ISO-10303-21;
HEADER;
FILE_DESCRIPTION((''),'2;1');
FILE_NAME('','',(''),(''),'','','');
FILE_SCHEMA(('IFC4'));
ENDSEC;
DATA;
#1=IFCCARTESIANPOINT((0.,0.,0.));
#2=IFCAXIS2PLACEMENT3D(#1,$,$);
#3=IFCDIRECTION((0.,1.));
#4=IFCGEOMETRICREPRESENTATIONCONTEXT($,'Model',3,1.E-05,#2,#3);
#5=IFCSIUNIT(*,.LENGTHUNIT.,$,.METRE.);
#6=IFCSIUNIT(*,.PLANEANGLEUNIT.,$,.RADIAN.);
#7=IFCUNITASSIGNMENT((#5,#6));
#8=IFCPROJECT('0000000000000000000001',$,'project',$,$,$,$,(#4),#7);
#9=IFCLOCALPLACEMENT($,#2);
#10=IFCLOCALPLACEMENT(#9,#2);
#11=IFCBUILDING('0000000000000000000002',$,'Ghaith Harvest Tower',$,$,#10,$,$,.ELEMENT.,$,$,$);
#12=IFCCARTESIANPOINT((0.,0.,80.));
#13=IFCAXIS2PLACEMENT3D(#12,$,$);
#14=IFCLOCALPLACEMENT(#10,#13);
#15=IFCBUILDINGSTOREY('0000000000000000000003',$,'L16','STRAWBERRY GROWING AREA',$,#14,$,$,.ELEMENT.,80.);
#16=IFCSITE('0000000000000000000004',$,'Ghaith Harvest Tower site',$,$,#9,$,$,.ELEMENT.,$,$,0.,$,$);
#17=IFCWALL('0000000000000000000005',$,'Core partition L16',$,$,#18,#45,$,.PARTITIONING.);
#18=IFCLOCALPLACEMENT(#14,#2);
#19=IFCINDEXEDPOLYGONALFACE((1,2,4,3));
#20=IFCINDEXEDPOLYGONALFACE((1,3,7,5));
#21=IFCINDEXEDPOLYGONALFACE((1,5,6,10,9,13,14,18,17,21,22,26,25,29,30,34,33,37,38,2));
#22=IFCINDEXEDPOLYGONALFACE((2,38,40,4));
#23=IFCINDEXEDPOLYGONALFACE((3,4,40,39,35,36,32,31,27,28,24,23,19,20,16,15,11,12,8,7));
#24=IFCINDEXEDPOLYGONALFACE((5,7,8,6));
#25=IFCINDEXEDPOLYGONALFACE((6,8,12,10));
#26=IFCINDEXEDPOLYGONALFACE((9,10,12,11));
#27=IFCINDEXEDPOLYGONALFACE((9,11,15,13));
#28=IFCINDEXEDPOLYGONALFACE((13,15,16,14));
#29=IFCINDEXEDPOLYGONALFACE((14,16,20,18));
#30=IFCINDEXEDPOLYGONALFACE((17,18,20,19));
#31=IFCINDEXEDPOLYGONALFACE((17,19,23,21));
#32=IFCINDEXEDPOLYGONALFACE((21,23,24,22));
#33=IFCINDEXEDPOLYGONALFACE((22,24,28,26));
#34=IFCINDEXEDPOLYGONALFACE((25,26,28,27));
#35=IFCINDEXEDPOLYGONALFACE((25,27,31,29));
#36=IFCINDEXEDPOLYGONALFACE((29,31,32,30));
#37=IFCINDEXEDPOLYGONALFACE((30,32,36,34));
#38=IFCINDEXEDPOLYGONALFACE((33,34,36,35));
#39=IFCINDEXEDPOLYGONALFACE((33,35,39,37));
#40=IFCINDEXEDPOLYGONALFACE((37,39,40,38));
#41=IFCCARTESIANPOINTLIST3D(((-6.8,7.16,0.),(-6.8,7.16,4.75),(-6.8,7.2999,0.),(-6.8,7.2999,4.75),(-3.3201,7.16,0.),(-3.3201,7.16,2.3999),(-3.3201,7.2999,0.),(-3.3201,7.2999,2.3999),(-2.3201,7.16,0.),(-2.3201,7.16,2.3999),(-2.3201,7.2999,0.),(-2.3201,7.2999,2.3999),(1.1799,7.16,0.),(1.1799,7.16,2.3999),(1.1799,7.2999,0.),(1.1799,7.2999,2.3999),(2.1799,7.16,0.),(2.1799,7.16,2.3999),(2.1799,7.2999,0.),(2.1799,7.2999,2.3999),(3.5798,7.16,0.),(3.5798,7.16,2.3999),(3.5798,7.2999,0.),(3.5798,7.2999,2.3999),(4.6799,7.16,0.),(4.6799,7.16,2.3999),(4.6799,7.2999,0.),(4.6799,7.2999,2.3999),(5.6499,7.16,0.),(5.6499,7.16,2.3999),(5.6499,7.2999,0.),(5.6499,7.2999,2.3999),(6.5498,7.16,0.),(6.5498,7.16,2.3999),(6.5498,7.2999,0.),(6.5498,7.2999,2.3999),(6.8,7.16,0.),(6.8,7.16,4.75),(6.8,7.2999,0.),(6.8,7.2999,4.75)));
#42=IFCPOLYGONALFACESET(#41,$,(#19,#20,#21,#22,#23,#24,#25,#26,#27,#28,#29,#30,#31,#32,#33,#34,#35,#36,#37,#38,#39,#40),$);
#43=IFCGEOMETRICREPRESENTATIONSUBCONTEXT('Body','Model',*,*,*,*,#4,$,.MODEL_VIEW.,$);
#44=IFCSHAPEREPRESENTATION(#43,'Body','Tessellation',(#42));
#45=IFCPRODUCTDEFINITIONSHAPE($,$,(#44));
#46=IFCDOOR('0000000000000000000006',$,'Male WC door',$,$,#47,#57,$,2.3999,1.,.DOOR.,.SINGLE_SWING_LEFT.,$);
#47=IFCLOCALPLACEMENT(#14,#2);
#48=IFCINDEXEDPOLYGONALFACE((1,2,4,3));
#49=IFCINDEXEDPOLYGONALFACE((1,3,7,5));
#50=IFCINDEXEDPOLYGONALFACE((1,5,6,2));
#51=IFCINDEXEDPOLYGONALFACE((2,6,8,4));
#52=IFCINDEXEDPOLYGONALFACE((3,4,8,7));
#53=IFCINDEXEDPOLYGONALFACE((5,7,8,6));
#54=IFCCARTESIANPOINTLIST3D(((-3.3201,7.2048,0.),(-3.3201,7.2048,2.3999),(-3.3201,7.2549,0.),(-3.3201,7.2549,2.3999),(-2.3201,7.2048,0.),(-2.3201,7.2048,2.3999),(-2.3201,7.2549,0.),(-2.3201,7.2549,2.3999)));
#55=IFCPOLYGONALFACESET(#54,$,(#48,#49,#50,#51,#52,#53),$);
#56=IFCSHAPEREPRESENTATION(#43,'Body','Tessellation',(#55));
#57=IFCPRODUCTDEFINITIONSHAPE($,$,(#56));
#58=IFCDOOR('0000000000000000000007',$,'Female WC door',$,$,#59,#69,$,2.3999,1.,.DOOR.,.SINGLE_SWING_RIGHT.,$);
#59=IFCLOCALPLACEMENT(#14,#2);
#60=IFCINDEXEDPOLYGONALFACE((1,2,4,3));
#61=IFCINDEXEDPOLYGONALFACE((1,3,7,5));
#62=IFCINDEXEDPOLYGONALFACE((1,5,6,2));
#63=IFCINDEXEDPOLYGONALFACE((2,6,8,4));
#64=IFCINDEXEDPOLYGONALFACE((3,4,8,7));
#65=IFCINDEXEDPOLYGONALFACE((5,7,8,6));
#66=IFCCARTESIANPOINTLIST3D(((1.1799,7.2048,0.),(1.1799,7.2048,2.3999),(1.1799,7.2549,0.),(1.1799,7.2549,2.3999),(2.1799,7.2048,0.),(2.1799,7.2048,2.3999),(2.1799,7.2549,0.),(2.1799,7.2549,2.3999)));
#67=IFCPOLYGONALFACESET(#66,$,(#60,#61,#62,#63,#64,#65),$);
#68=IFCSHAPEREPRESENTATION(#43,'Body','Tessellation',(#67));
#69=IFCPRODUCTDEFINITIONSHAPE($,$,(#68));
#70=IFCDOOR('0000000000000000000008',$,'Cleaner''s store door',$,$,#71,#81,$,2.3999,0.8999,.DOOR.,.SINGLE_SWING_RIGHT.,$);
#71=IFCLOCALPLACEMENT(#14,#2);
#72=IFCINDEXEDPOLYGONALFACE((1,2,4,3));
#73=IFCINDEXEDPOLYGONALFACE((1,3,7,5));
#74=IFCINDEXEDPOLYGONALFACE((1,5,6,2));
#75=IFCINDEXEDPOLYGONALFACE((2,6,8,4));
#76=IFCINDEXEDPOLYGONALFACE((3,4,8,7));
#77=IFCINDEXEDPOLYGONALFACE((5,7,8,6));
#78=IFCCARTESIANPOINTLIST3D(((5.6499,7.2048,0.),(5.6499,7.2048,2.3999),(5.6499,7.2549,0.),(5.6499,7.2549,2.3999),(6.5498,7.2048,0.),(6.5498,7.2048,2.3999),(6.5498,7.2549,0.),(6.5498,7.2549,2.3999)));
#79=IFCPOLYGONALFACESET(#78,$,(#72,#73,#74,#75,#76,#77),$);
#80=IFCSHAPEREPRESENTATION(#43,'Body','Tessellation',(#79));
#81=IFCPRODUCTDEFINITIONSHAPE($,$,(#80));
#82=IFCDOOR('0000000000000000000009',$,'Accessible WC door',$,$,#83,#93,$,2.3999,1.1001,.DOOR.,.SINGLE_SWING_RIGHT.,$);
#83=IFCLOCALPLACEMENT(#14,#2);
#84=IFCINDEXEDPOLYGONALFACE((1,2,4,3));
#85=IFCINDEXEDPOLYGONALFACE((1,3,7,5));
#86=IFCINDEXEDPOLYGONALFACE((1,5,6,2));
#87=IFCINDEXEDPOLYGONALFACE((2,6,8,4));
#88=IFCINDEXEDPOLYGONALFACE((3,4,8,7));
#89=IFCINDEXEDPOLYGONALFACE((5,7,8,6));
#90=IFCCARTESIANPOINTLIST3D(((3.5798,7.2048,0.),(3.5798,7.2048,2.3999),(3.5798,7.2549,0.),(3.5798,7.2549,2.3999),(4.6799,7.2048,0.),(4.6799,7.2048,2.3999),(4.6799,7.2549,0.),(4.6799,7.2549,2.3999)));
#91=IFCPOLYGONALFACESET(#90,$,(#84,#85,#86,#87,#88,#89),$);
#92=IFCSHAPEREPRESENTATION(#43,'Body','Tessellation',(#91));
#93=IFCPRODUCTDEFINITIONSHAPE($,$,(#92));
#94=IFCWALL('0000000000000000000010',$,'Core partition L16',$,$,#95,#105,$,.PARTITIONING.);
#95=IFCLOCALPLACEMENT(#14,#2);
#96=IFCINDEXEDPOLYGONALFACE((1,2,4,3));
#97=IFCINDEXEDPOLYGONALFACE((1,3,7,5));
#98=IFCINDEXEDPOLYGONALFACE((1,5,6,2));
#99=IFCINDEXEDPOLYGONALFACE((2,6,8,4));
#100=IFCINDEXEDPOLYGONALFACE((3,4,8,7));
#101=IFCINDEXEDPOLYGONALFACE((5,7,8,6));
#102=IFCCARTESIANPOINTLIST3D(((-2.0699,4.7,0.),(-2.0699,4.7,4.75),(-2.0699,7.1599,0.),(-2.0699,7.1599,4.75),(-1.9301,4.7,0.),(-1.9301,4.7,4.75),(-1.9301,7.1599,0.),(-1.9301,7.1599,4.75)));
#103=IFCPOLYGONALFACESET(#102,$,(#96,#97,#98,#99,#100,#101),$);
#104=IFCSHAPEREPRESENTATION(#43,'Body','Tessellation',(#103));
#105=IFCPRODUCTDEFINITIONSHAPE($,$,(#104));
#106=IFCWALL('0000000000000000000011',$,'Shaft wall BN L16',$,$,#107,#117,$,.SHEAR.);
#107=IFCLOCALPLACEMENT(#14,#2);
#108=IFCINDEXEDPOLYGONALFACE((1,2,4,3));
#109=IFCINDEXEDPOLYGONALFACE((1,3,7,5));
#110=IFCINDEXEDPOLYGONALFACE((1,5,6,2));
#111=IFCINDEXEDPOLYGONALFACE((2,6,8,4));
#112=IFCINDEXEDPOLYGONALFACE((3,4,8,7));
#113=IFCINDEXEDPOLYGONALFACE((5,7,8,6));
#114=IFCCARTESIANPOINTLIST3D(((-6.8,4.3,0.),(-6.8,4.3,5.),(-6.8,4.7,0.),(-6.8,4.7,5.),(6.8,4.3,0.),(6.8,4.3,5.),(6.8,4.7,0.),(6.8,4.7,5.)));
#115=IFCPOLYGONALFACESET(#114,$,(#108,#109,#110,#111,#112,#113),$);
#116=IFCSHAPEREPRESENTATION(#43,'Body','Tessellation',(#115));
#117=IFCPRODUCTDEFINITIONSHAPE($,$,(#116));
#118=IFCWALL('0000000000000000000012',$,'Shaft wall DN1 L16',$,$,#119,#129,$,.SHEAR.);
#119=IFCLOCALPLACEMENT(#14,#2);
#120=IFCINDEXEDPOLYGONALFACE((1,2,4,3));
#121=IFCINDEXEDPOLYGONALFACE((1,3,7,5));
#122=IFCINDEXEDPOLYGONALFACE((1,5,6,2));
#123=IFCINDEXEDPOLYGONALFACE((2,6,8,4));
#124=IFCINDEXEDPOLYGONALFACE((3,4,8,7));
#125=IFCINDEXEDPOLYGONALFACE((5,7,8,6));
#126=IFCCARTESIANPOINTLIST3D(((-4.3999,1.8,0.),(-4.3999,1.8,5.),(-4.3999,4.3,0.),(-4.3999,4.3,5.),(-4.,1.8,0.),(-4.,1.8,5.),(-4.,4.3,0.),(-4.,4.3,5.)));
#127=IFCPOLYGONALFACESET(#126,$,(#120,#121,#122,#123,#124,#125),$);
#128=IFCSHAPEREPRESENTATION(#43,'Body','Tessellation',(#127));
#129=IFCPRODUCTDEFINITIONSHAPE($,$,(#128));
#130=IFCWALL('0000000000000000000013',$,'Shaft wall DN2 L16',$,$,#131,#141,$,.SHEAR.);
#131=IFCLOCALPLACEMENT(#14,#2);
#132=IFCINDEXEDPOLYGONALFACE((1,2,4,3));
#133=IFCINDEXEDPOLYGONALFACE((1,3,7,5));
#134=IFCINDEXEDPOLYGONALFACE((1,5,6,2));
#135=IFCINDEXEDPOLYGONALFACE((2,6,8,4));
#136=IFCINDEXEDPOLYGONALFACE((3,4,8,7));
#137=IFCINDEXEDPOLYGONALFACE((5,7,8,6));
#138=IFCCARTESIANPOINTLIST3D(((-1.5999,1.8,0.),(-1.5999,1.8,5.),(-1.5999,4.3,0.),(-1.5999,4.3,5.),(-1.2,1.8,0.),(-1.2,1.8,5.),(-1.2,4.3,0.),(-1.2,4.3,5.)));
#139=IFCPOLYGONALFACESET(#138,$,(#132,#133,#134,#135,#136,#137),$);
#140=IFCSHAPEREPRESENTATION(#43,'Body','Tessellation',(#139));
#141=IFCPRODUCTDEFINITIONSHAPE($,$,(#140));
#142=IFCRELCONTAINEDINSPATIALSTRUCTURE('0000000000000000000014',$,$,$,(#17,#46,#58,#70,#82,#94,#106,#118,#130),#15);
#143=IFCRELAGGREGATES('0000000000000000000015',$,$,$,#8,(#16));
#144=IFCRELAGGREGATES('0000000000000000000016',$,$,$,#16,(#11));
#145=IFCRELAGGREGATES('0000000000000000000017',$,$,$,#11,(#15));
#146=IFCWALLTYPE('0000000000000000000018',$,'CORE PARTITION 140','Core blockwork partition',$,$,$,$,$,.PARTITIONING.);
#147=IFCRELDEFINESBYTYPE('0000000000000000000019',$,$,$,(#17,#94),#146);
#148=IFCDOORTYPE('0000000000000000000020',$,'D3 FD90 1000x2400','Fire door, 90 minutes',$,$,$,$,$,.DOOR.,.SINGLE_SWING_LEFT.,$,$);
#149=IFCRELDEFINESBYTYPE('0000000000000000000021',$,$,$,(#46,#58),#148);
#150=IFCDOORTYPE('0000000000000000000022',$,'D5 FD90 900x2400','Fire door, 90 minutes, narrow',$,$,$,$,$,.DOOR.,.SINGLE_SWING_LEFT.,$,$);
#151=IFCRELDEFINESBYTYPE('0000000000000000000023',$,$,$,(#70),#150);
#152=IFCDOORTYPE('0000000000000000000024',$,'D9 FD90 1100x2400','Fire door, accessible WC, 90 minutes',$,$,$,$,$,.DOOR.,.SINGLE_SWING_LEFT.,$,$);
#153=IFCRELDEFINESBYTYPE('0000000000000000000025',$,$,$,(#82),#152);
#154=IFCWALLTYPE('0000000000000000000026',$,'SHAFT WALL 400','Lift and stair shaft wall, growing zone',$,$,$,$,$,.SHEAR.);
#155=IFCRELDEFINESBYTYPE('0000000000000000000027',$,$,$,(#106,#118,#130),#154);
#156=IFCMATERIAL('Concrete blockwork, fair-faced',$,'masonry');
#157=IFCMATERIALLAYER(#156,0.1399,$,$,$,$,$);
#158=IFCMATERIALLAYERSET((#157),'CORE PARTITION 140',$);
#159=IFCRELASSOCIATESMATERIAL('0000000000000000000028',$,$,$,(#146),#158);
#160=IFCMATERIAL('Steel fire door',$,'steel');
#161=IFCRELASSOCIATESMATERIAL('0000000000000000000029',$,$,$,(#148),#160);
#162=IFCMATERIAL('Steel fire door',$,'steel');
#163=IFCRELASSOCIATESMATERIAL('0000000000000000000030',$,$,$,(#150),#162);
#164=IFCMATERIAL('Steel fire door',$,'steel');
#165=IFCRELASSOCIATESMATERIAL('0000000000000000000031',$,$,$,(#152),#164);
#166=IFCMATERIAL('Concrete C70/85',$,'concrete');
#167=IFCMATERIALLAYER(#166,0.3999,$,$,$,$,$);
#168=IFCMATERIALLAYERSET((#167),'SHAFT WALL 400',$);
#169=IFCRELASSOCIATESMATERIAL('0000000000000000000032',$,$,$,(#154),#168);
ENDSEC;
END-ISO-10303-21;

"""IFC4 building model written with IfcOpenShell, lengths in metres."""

from ifc_helpers import new_model, si_unit, direction, frame, frame_2d, origin, place, context, subcontext, project, spatial, rectangle, extrude, material, layer, layer_set, type_object, element, fill, save


model = new_model("IFC4")

# Units and contexts
model_context = context("Model", 3, precision=1e-05, world=origin(), true_north=direction((0.0, 1.0)))
body_context = subcontext(model_context, "Body", "Model", "MODEL_VIEW")
ifc_project = project(units=[si_unit("LENGTHUNIT", "METRE"), si_unit("PLANEANGLEUNIT", "RADIAN")], contexts=[model_context])

# Site, building, storey
site_placement = place(None, origin())
site = spatial("IfcSite", under=ifc_project, at=site_placement, Name="Ghaith Harvest Tower site", CompositionType="ELEMENT", RefElevation=0.0)
building_placement = place(site_placement, origin())
building = spatial("IfcBuilding", under=site, at=building_placement, Name="Ghaith Harvest Tower", CompositionType="ELEMENT")
storey_placement = place(building_placement, frame((0.0, 0.0, 80.0)))
storey = spatial("IfcBuildingStorey", under=building, at=storey_placement, Name="L16", Description="STRAWBERRY GROWING AREA", CompositionType="ELEMENT", Elevation=80.0)

# Wall, openings, doors
ifc_material_1 = material(Name="Concrete blockwork, fair-faced", Category="masonry")
ifc_layer_1 = layer(ifc_material_1, 0.1399)
ifc_layer_set_1 = layer_set([ifc_layer_1], Name="CORE PARTITION 140")
wall_type_1 = type_object("IfcWallType", Name="CORE PARTITION 140", Description="Core blockwork partition", PredefinedType="PARTITIONING", material=ifc_layer_set_1)
wall_1_placement = place(storey_placement, frame((-6.8, 7.23, 0.0), z_axis=(0.0, 0.0, 1.0), x_axis=(1.0, 0.0, 0.0)))
wall_1 = element("IfcWall", 1, at=wall_1_placement, inside=storey, type_object=wall_type_1, Name="Core partition L16", PredefinedType="PARTITIONING", context=body_context, shape_type="SweptSolid", body=[
    extrude(rectangle(XDim=13.6001, YDim=0.1399, at=frame_2d((6.8, 0.0))), origin(), (0.0, 0.0, 1.0), 4.75),
])
opening_1_placement = place(wall_1_placement, frame((3.48, 0.0, 0.0)))
opening_1 = element("IfcOpeningElement", 2, at=opening_1_placement, cuts=wall_1, PredefinedType="OPENING", context=body_context, shape_type="SweptSolid", body=[
    extrude(rectangle(XDim=1.0, YDim=2.3999, at=frame_2d((0.5, 1.2))), frame((0.0, 0.0801, 0.0), z_axis=(0.0, -1.0, 0.0), x_axis=(1.0, 0.0, 0.0)), (0.0, 0.0, 1.0), 0.1599),
])
opening_2_placement = place(wall_1_placement, frame((7.98, 0.0, 0.0)))
opening_2 = element("IfcOpeningElement", 3, at=opening_2_placement, cuts=wall_1, PredefinedType="OPENING", context=body_context, shape_type="SweptSolid", body=[
    extrude(rectangle(XDim=1.0, YDim=2.3999, at=frame_2d((0.5, 1.2))), frame((0.0, 0.0801, 0.0), z_axis=(0.0, -1.0, 0.0), x_axis=(1.0, 0.0, 0.0)), (0.0, 0.0, 1.0), 0.1599),
])
opening_3_placement = place(wall_1_placement, frame((10.3799, 0.0, 0.0)))
opening_3 = element("IfcOpeningElement", 4, at=opening_3_placement, cuts=wall_1, PredefinedType="OPENING", context=body_context, shape_type="SweptSolid", body=[
    extrude(rectangle(XDim=1.1001, YDim=2.3999, at=frame_2d((0.55, 1.2))), frame((0.0, 0.0801, 0.0), z_axis=(0.0, -1.0, 0.0), x_axis=(1.0, 0.0, 0.0)), (0.0, 0.0, 1.0), 0.1599),
])
opening_4_placement = place(wall_1_placement, frame((12.45, 0.0, 0.0)))
opening_4 = element("IfcOpeningElement", 5, at=opening_4_placement, cuts=wall_1, PredefinedType="OPENING", context=body_context, shape_type="SweptSolid", body=[
    extrude(rectangle(XDim=0.8999, YDim=2.3999, at=frame_2d((0.45, 1.2))), frame((0.0, 0.0801, 0.0), z_axis=(0.0, -1.0, 0.0), x_axis=(1.0, 0.0, 0.0)), (0.0, 0.0, 1.0), 0.1599),
])
ifc_material_2 = material(Name="Steel fire door", Category="steel")
door_type_1 = type_object("IfcDoorType", Name="D3 FD90 1000x2400", Description="Fire door, 90 minutes", OperationType="SINGLE_SWING_LEFT", PredefinedType="DOOR", material=ifc_material_2)
door_1_placement = place(opening_1_placement, origin())
door_1 = element("IfcDoor", 6, at=door_1_placement, inside=storey, type_object=door_type_1, Name="Male WC door", OperationType="SINGLE_SWING_LEFT", OverallHeight=2.3999, OverallWidth=1.0, PredefinedType="DOOR", context=body_context, shape_type="SweptSolid", body=[
    extrude(rectangle(XDim=1.0, YDim=2.3999, at=frame_2d((0.5, 1.2))), frame((0.0, 0.0249, 0.0), z_axis=(0.0, -1.0, 0.0), x_axis=(1.0, 0.0, 0.0)), (0.0, 0.0, 1.0), 0.05),
])
fill(opening_1, door_1)
door_2_placement = place(opening_2_placement, origin())
door_2 = element("IfcDoor", 7, at=door_2_placement, inside=storey, type_object=door_type_1, Name="Female WC door", OperationType="SINGLE_SWING_RIGHT", OverallHeight=2.3999, OverallWidth=1.0, PredefinedType="DOOR", context=body_context, shape_type="SweptSolid", body=[
    extrude(rectangle(XDim=1.0, YDim=2.3999, at=frame_2d((0.5, 1.2))), frame((0.0, 0.0249, 0.0), z_axis=(0.0, -1.0, 0.0), x_axis=(1.0, 0.0, 0.0)), (0.0, 0.0, 1.0), 0.05),
])
fill(opening_2, door_2)
ifc_material_3 = material(Name="Steel fire door", Category="steel")
door_type_2 = type_object("IfcDoorType", Name="D5 FD90 900x2400", Description="Fire door, 90 minutes, narrow", OperationType="SINGLE_SWING_LEFT", PredefinedType="DOOR", material=ifc_material_3)
door_3_placement = place(opening_4_placement, origin())
door_3 = element("IfcDoor", 8, at=door_3_placement, inside=storey, type_object=door_type_2, Name="Cleaner's store door", OperationType="SINGLE_SWING_RIGHT", OverallHeight=2.3999, OverallWidth=0.8999, PredefinedType="DOOR", context=body_context, shape_type="SweptSolid", body=[
    extrude(rectangle(XDim=0.8999, YDim=2.3999, at=frame_2d((0.45, 1.2))), frame((0.0, 0.0249, 0.0), z_axis=(0.0, -1.0, 0.0), x_axis=(1.0, 0.0, 0.0)), (0.0, 0.0, 1.0), 0.05),
])
fill(opening_4, door_3)
ifc_material_4 = material(Name="Steel fire door", Category="steel")
door_type_3 = type_object("IfcDoorType", Name="D9 FD90 1100x2400", Description="Fire door, accessible WC, 90 minutes", OperationType="SINGLE_SWING_LEFT", PredefinedType="DOOR", material=ifc_material_4)
door_4_placement = place(opening_3_placement, origin())
door_4 = element("IfcDoor", 9, at=door_4_placement, inside=storey, type_object=door_type_3, Name="Accessible WC door", OperationType="SINGLE_SWING_RIGHT", OverallHeight=2.3999, OverallWidth=1.1001, PredefinedType="DOOR", context=body_context, shape_type="SweptSolid", body=[
    extrude(rectangle(XDim=1.1001, YDim=2.3999, at=frame_2d((0.55, 1.2))), frame((0.0, 0.0249, 0.0), z_axis=(0.0, -1.0, 0.0), x_axis=(1.0, 0.0, 0.0)), (0.0, 0.0, 1.0), 0.05),
])
fill(opening_3, door_4)

# Walls
wall_2_placement = place(storey_placement, frame((-2.0, 4.7, 0.0), z_axis=(0.0, 0.0, 1.0), x_axis=(0.0, 1.0, 0.0)))
element("IfcWall", 10, at=wall_2_placement, inside=storey, type_object=wall_type_1, Name="Core partition L16", PredefinedType="PARTITIONING", context=body_context, shape_type="SweptSolid", body=[
    extrude(rectangle(XDim=2.46, YDim=0.1399, at=frame_2d((1.23, 0.0))), origin(), (0.0, 0.0, 1.0), 4.75),
])
ifc_material_5 = material(Name="Concrete C70/85", Category="concrete")
ifc_layer_2 = layer(ifc_material_5, 0.3999)
ifc_layer_set_2 = layer_set([ifc_layer_2], Name="SHAFT WALL 400")
wall_type_2 = type_object("IfcWallType", Name="SHAFT WALL 400", Description="Lift and stair shaft wall, growing zone", PredefinedType="SHEAR", material=ifc_layer_set_2)
wall_3_placement = place(storey_placement, frame((-6.8, 4.5, 0.0), z_axis=(0.0, 0.0, 1.0), x_axis=(1.0, 0.0, 0.0)))
element("IfcWall", 11, at=wall_3_placement, inside=storey, type_object=wall_type_2, Name="Shaft wall BN L16", PredefinedType="SHEAR", context=body_context, shape_type="SweptSolid", body=[
    extrude(rectangle(XDim=13.6001, YDim=0.3999, at=frame_2d((6.8, 0.0))), origin(), (0.0, 0.0, 1.0), 5.0),
])
for number, where, z_axis, x_axis, name in (
    (12, (-4.2, 1.8, 0.0), (0.0, 0.0, 1.0), (0.0, 1.0, 0.0), "Shaft wall DN1 L16"),
    (13, (-1.3999, 1.8, 0.0), (0.0, 0.0, 1.0), (0.0, 1.0, 0.0), "Shaft wall DN2 L16"),
):
    element("IfcWall", number, at=place(storey_placement, frame(where, z_axis=z_axis, x_axis=x_axis)), inside=storey, type_object=wall_type_2, Name=name, PredefinedType="SHEAR", context=body_context, shape_type="SweptSolid", body=[
        extrude(rectangle(XDim=2.5, YDim=0.3999, at=frame_2d((1.25, 0.0))), origin(), (0.0, 0.0, 1.0), 5.0),
    ])

save(model, "model.ifc")
